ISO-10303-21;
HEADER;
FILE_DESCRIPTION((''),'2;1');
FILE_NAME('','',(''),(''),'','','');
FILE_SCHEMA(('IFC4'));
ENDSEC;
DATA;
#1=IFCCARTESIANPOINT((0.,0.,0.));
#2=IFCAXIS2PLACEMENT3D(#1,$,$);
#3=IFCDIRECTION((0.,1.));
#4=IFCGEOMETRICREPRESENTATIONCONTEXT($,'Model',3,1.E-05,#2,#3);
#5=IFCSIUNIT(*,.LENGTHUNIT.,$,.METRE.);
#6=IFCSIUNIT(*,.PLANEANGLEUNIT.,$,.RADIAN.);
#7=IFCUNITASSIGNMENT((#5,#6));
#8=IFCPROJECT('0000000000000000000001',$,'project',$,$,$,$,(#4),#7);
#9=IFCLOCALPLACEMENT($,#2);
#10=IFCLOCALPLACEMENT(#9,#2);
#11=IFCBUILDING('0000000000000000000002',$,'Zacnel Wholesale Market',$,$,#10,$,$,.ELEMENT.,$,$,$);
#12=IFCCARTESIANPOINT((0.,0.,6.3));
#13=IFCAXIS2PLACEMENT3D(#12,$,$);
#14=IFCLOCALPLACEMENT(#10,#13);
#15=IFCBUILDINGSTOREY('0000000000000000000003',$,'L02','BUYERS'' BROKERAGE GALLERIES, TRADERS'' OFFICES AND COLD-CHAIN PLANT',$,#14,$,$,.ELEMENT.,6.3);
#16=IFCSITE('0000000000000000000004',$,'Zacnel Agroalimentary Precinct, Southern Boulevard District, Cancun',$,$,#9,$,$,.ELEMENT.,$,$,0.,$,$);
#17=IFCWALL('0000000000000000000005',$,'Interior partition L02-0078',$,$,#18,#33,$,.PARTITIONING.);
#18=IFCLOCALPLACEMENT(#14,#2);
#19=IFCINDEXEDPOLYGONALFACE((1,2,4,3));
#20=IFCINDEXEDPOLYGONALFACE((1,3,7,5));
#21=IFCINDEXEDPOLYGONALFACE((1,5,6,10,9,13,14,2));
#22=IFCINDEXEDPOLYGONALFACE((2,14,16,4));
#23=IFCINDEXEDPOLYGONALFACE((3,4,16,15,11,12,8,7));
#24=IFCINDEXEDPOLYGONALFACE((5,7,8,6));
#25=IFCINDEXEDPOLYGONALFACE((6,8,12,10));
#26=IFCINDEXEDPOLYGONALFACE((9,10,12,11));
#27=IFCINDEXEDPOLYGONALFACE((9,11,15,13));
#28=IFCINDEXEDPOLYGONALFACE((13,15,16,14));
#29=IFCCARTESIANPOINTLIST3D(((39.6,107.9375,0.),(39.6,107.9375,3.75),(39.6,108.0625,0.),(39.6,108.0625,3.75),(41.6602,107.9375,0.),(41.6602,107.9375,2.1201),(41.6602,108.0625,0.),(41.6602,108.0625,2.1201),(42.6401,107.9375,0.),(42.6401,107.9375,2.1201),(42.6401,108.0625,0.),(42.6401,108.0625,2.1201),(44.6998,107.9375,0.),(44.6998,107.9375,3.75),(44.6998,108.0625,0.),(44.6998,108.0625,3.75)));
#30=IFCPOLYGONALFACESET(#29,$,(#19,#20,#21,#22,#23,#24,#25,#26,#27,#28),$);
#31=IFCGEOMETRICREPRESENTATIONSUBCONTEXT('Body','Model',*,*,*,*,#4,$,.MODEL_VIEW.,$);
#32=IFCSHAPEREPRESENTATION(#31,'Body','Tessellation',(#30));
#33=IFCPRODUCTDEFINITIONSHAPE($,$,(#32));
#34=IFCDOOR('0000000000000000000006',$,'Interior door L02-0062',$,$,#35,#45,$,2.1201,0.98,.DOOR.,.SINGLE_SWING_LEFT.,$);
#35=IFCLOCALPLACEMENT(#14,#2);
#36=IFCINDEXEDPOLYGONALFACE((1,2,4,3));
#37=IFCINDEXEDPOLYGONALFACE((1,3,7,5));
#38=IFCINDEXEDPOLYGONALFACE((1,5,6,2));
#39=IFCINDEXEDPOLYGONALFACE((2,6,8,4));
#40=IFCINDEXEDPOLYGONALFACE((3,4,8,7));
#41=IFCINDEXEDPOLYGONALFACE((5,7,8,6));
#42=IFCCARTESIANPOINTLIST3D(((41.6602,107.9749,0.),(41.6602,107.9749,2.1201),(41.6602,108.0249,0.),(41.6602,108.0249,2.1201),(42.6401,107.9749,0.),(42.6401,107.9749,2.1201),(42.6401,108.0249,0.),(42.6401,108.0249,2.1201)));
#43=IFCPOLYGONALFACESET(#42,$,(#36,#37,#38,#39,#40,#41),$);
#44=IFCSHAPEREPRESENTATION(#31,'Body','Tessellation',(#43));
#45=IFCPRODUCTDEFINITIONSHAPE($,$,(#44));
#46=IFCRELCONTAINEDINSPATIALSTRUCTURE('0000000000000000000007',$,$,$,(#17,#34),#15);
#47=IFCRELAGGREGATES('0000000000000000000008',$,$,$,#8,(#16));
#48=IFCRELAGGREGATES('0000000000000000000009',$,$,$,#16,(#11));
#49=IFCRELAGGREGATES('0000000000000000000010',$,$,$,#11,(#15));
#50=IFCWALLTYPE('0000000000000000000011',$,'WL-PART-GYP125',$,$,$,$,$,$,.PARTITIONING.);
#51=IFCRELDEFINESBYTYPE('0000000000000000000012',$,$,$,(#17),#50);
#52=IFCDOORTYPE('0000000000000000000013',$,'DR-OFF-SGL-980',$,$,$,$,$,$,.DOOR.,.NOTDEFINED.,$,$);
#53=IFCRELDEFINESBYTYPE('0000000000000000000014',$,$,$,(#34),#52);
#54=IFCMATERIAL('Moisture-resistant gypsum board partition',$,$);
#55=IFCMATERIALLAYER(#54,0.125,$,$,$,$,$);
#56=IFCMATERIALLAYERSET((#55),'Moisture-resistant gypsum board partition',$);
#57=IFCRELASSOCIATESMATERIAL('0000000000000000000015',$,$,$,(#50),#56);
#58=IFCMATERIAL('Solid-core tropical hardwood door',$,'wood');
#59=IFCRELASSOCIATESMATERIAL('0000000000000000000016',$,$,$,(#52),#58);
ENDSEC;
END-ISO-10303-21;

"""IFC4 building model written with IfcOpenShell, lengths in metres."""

from ifc_helpers import new_model, si_unit, direction, frame, frame_2d, origin, place, context, subcontext, project, spatial, rectangle, extrude, material, layer, layer_set, type_object, element, fill, save


model = new_model("IFC4")

# Units and contexts
model_context = context("Model", 3, precision=1e-05, world=origin(), true_north=direction((0.0, 1.0)))
body_context = subcontext(model_context, "Body", "Model", "MODEL_VIEW")
ifc_project = project(units=[si_unit("LENGTHUNIT", "METRE"), si_unit("PLANEANGLEUNIT", "RADIAN")], contexts=[model_context])

# Site, building, storey
site_placement = place(None, origin())
site = spatial("IfcSite", under=ifc_project, at=site_placement, Name="Zacnel Agroalimentary Precinct, Southern Boulevard District, Cancun", CompositionType="ELEMENT", RefElevation=0.0)
building_placement = place(site_placement, origin())
building = spatial("IfcBuilding", under=site, at=building_placement, Name="Zacnel Wholesale Market", CompositionType="ELEMENT")
storey_placement = place(building_placement, frame((0.0, 0.0, 6.3)))
storey = spatial("IfcBuildingStorey", under=building, at=storey_placement, Name="L02", Description="BUYERS' BROKERAGE GALLERIES, TRADERS' OFFICES AND COLD-CHAIN PLANT", CompositionType="ELEMENT", Elevation=6.3)

# Wall, opening, door
ifc_material_1 = material(Name="Moisture-resistant gypsum board partition")
ifc_layer_1 = layer(ifc_material_1, 0.125)
ifc_layer_set_1 = layer_set([ifc_layer_1], Name="Moisture-resistant gypsum board partition")
wall_type_1 = type_object("IfcWallType", Name="WL-PART-GYP125", PredefinedType="PARTITIONING", material=ifc_layer_set_1)
wall_1_placement = place(storey_placement, frame((39.6001, 108.0, 0.0), z_axis=(0.0, 0.0, 1.0), x_axis=(1.0, 0.0, 0.0)))
wall_1 = element("IfcWall", 1, at=wall_1_placement, inside=storey, type_object=wall_type_1, Name="Interior partition L02-0078", PredefinedType="PARTITIONING", context=body_context, shape_type="SweptSolid", body=[
    extrude(rectangle(XDim=5.0999, YDim=0.125, at=frame_2d((2.5498, 0.0))), origin(), (0.0, 0.0, 1.0), 3.75),
])
opening_placement = place(wall_1_placement, frame((2.0601, 0.0, 0.0)))
opening = element("IfcOpeningElement", 2, at=opening_placement, cuts=wall_1, PredefinedType="OPENING", context=body_context, shape_type="SweptSolid", body=[
    extrude(rectangle(XDim=0.98, YDim=2.1201, at=frame_2d((0.49, 1.0601))), frame((0.0, 0.0725, 0.0), z_axis=(0.0, -1.0, 0.0), x_axis=(1.0, 0.0, 0.0)), (0.0, 0.0, 1.0), 0.145),
])
ifc_material_2 = material(Name="Solid-core tropical hardwood door", Category="wood")
door_type = type_object("IfcDoorType", Name="DR-OFF-SGL-980", OperationType="NOTDEFINED", PredefinedType="DOOR", material=ifc_material_2)
door_placement = place(opening_placement, origin())
door = element("IfcDoor", 3, at=door_placement, inside=storey, type_object=door_type, Name="Interior door L02-0062", OperationType="SINGLE_SWING_LEFT", OverallHeight=2.1201, OverallWidth=0.98, PredefinedType="DOOR", context=body_context, shape_type="SweptSolid", body=[
    extrude(rectangle(XDim=0.98, YDim=2.1201, at=frame_2d((0.49, 1.0601))), frame((0.0, 0.0249, 0.0), z_axis=(0.0, -1.0, 0.0), x_axis=(1.0, 0.0, 0.0)), (0.0, 0.0, 1.0), 0.05),
])
fill(opening, door)

save(model, "model.ifc")
